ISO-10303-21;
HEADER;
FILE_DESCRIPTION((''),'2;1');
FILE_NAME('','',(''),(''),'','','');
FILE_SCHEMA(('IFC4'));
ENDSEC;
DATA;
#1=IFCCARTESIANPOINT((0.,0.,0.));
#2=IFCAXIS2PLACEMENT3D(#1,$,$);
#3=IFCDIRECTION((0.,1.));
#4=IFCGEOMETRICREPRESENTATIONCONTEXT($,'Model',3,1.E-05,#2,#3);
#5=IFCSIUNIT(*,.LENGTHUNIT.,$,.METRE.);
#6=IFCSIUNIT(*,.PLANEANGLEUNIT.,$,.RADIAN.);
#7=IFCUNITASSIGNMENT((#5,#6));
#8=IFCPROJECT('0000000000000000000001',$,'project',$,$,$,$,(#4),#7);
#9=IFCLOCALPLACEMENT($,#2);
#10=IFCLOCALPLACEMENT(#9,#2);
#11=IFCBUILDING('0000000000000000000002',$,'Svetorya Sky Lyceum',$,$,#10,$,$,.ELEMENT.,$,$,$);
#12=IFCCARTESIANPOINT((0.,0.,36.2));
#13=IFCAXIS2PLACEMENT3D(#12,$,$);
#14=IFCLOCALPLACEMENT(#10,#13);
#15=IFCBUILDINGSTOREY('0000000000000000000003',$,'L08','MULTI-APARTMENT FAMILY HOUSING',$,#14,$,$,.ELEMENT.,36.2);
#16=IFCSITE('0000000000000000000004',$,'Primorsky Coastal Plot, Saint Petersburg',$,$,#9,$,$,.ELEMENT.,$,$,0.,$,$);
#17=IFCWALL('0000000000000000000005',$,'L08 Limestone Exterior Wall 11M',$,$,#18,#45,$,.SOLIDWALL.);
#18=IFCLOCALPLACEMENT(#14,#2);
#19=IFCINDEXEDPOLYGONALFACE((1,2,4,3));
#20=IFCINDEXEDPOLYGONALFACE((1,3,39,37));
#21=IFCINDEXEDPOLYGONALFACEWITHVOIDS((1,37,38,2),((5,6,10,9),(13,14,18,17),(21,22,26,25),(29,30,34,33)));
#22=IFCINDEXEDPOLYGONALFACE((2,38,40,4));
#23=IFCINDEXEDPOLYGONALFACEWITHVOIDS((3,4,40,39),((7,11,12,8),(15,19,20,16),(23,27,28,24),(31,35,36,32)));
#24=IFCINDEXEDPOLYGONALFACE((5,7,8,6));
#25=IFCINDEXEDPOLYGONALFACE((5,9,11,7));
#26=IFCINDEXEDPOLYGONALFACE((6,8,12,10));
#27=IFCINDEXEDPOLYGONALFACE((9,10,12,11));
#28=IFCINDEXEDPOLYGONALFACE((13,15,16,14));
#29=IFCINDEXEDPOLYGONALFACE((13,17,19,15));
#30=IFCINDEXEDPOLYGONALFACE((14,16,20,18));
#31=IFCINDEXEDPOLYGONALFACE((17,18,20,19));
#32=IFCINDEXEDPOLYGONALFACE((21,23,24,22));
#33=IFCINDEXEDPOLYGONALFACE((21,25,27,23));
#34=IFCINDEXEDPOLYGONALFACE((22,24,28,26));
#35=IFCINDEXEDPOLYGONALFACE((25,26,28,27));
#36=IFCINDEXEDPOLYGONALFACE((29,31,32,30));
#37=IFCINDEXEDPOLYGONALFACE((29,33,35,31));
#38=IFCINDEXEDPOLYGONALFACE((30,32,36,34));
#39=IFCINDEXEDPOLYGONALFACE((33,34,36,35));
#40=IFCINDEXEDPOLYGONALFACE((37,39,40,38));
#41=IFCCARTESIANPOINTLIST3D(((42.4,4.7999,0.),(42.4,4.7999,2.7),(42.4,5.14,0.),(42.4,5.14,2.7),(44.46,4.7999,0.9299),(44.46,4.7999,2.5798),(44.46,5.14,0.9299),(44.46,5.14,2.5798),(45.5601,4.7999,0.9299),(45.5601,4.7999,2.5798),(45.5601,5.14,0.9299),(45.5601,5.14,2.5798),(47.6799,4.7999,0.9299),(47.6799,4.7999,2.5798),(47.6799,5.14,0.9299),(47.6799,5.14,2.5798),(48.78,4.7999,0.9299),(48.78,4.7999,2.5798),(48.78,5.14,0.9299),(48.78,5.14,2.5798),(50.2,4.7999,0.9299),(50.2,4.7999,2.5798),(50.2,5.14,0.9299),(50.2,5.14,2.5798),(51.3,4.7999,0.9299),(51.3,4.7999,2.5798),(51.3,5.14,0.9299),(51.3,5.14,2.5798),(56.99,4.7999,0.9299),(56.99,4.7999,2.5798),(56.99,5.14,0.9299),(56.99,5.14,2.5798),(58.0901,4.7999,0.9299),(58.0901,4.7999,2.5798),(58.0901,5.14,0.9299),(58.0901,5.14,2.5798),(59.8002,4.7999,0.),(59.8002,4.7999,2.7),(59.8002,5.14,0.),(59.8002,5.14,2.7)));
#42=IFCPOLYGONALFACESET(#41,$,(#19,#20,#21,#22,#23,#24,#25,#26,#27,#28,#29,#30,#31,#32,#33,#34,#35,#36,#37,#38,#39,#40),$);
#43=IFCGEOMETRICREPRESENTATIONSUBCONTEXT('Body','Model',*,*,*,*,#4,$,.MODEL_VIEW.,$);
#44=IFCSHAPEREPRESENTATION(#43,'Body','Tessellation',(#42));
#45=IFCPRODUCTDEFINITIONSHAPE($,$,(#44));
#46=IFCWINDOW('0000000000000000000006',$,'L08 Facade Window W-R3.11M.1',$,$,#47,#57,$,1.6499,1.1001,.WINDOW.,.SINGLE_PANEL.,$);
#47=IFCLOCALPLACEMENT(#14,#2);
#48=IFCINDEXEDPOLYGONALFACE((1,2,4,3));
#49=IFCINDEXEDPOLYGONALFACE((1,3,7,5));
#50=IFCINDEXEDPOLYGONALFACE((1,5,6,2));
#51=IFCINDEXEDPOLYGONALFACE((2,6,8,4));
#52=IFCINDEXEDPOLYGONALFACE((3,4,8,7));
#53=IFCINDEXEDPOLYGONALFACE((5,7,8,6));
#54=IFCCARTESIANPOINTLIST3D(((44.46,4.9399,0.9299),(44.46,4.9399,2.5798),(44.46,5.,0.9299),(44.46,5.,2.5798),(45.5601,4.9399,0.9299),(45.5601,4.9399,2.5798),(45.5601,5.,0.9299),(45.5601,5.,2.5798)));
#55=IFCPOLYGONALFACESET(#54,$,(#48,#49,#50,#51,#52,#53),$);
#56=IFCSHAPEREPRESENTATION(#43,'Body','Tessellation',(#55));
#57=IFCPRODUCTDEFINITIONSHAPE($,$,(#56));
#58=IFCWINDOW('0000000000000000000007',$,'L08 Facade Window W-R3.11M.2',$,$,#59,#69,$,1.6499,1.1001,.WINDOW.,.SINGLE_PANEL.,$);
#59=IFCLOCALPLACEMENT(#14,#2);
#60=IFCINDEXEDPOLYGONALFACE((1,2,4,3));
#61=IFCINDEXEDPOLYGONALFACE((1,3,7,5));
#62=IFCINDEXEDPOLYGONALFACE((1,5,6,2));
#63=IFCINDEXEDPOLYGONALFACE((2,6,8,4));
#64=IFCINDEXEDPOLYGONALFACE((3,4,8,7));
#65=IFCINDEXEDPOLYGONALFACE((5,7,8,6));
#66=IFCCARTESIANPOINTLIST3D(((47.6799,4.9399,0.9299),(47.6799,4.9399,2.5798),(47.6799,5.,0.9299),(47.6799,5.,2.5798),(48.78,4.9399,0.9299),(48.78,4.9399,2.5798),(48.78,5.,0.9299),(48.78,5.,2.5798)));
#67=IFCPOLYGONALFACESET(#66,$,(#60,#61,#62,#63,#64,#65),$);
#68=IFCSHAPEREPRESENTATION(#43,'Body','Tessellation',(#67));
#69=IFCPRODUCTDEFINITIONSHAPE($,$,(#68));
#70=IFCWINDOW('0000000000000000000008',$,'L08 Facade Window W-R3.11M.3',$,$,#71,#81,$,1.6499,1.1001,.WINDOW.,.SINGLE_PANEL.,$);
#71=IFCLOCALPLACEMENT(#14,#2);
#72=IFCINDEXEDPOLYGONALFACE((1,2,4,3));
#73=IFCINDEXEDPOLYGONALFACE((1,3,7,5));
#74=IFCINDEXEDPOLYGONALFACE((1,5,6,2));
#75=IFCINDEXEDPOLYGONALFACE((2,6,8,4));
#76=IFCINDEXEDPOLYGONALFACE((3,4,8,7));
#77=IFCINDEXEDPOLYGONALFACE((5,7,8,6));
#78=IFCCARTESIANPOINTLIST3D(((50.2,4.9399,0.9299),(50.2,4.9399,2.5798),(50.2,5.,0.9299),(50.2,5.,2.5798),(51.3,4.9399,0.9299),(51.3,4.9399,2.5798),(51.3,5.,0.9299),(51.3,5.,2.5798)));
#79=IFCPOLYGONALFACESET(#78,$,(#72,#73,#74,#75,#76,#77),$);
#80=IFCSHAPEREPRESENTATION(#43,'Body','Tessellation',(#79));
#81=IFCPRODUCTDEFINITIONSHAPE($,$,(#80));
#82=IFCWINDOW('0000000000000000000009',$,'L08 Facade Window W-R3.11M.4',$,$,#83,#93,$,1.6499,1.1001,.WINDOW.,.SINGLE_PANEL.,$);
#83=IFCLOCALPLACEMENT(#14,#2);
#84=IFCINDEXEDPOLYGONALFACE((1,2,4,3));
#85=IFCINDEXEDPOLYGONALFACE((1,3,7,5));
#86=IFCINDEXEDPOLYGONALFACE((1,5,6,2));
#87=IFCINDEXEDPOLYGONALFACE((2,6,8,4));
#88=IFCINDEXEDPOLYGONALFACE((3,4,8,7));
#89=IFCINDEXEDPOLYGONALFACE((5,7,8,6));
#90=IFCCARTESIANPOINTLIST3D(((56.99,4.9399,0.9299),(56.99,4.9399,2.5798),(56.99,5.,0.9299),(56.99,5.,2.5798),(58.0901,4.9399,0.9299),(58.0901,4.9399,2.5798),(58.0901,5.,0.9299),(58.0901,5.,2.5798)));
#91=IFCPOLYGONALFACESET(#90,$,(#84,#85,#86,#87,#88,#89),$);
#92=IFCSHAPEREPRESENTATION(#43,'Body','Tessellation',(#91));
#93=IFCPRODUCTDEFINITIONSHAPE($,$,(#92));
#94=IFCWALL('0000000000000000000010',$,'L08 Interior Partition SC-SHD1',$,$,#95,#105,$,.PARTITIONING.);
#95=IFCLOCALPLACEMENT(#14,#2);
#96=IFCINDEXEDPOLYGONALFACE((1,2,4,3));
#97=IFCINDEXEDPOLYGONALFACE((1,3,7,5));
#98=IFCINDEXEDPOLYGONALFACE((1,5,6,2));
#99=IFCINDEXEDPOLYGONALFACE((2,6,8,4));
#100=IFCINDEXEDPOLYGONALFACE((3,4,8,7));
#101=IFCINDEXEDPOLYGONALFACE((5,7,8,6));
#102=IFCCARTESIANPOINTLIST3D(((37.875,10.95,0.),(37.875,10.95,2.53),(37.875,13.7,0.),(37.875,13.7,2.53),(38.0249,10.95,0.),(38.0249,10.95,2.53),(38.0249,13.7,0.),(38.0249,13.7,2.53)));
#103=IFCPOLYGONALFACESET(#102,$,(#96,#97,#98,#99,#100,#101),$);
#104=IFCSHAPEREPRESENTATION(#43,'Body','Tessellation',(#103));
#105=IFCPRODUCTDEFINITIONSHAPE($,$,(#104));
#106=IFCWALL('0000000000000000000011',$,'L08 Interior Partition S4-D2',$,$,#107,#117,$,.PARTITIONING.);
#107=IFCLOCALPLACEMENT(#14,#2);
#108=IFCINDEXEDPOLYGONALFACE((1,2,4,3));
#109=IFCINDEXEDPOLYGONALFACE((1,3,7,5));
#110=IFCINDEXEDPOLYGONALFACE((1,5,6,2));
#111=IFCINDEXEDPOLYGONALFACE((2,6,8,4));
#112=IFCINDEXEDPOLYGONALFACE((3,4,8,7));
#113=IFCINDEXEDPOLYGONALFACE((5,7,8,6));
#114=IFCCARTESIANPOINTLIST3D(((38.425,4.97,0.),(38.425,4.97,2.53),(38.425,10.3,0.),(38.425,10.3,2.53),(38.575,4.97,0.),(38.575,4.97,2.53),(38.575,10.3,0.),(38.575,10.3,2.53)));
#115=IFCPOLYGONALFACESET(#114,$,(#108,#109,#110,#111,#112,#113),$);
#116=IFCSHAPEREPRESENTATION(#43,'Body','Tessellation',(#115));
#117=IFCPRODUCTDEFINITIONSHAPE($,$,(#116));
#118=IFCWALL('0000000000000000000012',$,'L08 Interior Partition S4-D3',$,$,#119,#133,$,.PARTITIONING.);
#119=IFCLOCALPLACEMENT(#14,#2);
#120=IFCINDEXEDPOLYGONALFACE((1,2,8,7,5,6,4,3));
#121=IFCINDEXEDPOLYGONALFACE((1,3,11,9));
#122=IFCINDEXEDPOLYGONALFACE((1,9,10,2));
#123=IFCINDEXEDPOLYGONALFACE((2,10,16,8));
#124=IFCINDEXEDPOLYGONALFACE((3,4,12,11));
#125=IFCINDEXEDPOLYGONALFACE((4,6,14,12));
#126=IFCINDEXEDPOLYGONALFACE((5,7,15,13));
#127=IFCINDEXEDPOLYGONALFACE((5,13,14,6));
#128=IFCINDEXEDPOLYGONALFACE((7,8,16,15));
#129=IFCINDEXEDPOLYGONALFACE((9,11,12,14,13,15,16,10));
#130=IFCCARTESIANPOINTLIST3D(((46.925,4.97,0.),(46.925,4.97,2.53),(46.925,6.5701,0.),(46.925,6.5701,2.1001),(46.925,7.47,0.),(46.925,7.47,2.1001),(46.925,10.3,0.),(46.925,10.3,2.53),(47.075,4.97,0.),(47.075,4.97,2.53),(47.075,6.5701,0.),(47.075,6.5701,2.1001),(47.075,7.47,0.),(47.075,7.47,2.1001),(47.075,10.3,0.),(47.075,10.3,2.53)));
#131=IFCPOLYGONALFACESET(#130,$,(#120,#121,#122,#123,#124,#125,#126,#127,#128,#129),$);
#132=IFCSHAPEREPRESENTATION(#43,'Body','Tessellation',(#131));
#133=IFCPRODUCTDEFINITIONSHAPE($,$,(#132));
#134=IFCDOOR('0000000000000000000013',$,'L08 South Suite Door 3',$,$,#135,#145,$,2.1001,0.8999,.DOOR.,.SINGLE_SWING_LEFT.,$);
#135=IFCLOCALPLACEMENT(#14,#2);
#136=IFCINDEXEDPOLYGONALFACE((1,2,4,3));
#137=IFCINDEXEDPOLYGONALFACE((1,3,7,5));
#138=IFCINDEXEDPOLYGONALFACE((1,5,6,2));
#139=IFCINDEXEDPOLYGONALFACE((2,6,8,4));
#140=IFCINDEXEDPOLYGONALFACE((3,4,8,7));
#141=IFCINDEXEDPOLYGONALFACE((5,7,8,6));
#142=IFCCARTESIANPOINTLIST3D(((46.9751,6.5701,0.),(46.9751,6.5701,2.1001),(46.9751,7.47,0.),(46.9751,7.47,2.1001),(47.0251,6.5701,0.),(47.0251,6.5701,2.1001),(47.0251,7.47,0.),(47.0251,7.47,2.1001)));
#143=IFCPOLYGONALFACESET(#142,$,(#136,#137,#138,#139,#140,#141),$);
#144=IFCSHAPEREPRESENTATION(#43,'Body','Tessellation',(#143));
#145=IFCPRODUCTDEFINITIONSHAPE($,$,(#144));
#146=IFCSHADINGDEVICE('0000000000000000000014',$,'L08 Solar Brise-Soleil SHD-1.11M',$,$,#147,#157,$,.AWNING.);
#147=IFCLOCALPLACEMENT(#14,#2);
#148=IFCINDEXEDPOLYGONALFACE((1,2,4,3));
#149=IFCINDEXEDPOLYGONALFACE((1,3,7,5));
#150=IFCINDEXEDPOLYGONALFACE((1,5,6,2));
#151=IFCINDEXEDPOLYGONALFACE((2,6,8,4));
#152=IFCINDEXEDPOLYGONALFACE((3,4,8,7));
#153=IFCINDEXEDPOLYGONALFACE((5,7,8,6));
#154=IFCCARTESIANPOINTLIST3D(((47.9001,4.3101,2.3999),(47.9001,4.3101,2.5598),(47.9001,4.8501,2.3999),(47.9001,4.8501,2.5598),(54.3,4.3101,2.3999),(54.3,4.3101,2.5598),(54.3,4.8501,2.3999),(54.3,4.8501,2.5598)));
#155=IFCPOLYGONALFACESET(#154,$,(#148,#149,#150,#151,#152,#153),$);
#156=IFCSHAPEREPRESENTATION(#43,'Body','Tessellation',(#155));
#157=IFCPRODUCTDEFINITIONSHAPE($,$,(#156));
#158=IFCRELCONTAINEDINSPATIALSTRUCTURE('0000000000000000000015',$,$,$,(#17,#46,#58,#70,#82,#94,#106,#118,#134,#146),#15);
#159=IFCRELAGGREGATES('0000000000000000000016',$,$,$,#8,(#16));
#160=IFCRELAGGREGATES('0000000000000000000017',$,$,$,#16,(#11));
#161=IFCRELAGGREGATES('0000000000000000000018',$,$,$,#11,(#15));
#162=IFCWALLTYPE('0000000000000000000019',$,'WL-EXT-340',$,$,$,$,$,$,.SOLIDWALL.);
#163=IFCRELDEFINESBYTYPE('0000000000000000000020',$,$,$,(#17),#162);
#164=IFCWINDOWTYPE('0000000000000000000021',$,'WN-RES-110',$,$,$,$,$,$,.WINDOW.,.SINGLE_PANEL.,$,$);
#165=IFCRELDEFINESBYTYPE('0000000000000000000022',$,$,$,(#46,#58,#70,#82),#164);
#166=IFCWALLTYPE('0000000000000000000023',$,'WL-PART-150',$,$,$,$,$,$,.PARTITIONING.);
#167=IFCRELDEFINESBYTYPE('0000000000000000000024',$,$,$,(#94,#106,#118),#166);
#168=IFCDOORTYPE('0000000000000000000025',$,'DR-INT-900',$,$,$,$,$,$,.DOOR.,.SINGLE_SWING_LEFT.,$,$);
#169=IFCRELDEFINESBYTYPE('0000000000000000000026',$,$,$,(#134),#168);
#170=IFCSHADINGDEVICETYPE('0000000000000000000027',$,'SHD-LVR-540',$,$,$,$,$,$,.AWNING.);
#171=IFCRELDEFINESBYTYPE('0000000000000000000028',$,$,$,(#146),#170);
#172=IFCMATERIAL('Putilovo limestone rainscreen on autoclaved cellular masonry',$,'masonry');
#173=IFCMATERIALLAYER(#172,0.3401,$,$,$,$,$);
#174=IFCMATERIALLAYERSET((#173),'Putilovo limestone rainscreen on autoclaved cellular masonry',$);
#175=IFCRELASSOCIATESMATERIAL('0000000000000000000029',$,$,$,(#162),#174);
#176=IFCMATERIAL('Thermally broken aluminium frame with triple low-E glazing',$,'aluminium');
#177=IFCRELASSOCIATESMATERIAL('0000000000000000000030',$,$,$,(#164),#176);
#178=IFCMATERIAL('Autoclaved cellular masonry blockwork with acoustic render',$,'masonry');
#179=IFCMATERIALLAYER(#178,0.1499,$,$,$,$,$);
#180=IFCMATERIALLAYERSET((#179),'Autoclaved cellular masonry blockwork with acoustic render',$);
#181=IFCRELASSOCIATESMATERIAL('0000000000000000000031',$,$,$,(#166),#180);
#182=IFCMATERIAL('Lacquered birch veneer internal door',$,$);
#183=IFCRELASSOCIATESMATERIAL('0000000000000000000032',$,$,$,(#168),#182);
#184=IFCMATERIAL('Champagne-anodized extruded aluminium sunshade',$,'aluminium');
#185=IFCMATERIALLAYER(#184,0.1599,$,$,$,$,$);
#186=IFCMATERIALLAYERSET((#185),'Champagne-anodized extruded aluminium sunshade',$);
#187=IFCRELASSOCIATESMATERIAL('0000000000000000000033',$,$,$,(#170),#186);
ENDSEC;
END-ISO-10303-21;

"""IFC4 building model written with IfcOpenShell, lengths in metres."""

from ifc_helpers import new_model, si_unit, direction, frame, frame_2d, origin, origin_2d, place, context, subcontext, project, spatial, rectangle, extrude, material, layer, layer_set, type_object, element, fill, save


model = new_model("IFC4")

# Units and contexts
model_context = context("Model", 3, precision=1e-05, world=origin(), true_north=direction((0.0, 1.0)))
body_context = subcontext(model_context, "Body", "Model", "MODEL_VIEW")
ifc_project = project(units=[si_unit("LENGTHUNIT", "METRE"), si_unit("PLANEANGLEUNIT", "RADIAN")], contexts=[model_context])

# Site, building, storey
site_placement = place(None, origin())
site = spatial("IfcSite", under=ifc_project, at=site_placement, Name="Primorsky Coastal Plot, Saint Petersburg", CompositionType="ELEMENT", RefElevation=0.0)
building_placement = place(site_placement, origin())
building = spatial("IfcBuilding", under=site, at=building_placement, Name="Svetorya Sky Lyceum", CompositionType="ELEMENT")
storey_placement = place(building_placement, frame((0.0, 0.0, 36.2)))
storey = spatial("IfcBuildingStorey", under=building, at=storey_placement, Name="L08", Description="MULTI-APARTMENT FAMILY HOUSING", CompositionType="ELEMENT", Elevation=36.2)

# Shared definitions
ifc_material_1 = material(Name="Putilovo limestone rainscreen on autoclaved cellular masonry", Category="masonry")
ifc_layer_1 = layer(ifc_material_1, 0.3401)
ifc_layer_set_1 = layer_set([ifc_layer_1], Name="Putilovo limestone rainscreen on autoclaved cellular masonry")
wall_type_1 = type_object("IfcWallType", Name="WL-EXT-340", PredefinedType="SOLIDWALL", material=ifc_layer_set_1)

# Wall, openings, windows
wall_1_placement = place(storey_placement, frame((42.3999, 4.97, 0.0), z_axis=(0.0, 0.0, 1.0), x_axis=(1.0, 0.0, 0.0)))
wall_1 = element("IfcWall", 1, at=wall_1_placement, inside=storey, type_object=wall_type_1, Name="L08 Limestone Exterior Wall 11M", PredefinedType="SOLIDWALL", context=body_context, shape_type="SweptSolid", body=[
    extrude(rectangle(XDim=17.4001, YDim=0.3401, at=frame_2d((8.7002, 0.0))), origin(), (0.0, 0.0, 1.0), 2.7),
])
opening_1_placement = place(wall_1_placement, frame((2.0601, 0.0, 0.9299)))
opening_1 = element("IfcOpeningElement", 2, at=opening_1_placement, cuts=wall_1, PredefinedType="OPENING", context=body_context, shape_type="SweptSolid", body=[
    extrude(rectangle(XDim=1.1001, YDim=1.6499, at=frame_2d((0.55, 0.825))), frame((0.0, 0.1799, 0.0), z_axis=(0.0, -1.0, 0.0), x_axis=(1.0, 0.0, 0.0)), (0.0, 0.0, 1.0), 0.3601),
])
opening_2_placement = place(wall_1_placement, frame((5.28, 0.0, 0.9299)))
opening_2 = element("IfcOpeningElement", 3, at=opening_2_placement, cuts=wall_1, PredefinedType="OPENING", context=body_context, shape_type="SweptSolid", body=[
    extrude(rectangle(XDim=1.1001, YDim=1.6499, at=frame_2d((0.55, 0.825))), frame((0.0, 0.1799, 0.0), z_axis=(0.0, -1.0, 0.0), x_axis=(1.0, 0.0, 0.0)), (0.0, 0.0, 1.0), 0.3601),
])
opening_3_placement = place(wall_1_placement, frame((7.8, 0.0, 0.9299)))
opening_3 = element("IfcOpeningElement", 4, at=opening_3_placement, cuts=wall_1, PredefinedType="OPENING", context=body_context, shape_type="SweptSolid", body=[
    extrude(rectangle(XDim=1.1001, YDim=1.6499, at=frame_2d((0.55, 0.825))), frame((0.0, 0.1799, 0.0), z_axis=(0.0, -1.0, 0.0), x_axis=(1.0, 0.0, 0.0)), (0.0, 0.0, 1.0), 0.3601),
])
opening_4_placement = place(wall_1_placement, frame((14.5901, 0.0, 0.9299)))
opening_4 = element("IfcOpeningElement", 5, at=opening_4_placement, cuts=wall_1, PredefinedType="OPENING", context=body_context, shape_type="SweptSolid", body=[
    extrude(rectangle(XDim=1.1001, YDim=1.6499, at=frame_2d((0.55, 0.825))), frame((0.0, 0.1799, 0.0), z_axis=(0.0, -1.0, 0.0), x_axis=(1.0, 0.0, 0.0)), (0.0, 0.0, 1.0), 0.3601),
])
ifc_material_2 = material(Name="Thermally broken aluminium frame with triple low-E glazing", Category="aluminium")
window_type = type_object("IfcWindowType", Name="WN-RES-110", PartitioningType="SINGLE_PANEL", PredefinedType="WINDOW", material=ifc_material_2)
window_1_placement = place(opening_1_placement, origin())
window_1 = element("IfcWindow", 6, at=window_1_placement, inside=storey, type_object=window_type, Name="L08 Facade Window W-R3.11M.1", OverallHeight=1.6499, OverallWidth=1.1001, PartitioningType="SINGLE_PANEL", PredefinedType="WINDOW", context=body_context, shape_type="SweptSolid", body=[
    extrude(rectangle(XDim=1.1001, YDim=1.6499, at=frame_2d((0.55, 0.825))), frame((0.0, 0.03, 0.0), z_axis=(0.0, -1.0, 0.0), x_axis=(1.0, 0.0, 0.0)), (0.0, 0.0, 1.0), 0.0601),
])
fill(opening_1, window_1)
window_2_placement = place(opening_2_placement, origin())
window_2 = element("IfcWindow", 7, at=window_2_placement, inside=storey, type_object=window_type, Name="L08 Facade Window W-R3.11M.2", OverallHeight=1.6499, OverallWidth=1.1001, PartitioningType="SINGLE_PANEL", PredefinedType="WINDOW", context=body_context, shape_type="SweptSolid", body=[
    extrude(rectangle(XDim=1.1001, YDim=1.6499, at=frame_2d((0.55, 0.825))), frame((0.0, 0.03, 0.0), z_axis=(0.0, -1.0, 0.0), x_axis=(1.0, 0.0, 0.0)), (0.0, 0.0, 1.0), 0.0601),
])
fill(opening_2, window_2)
window_3_placement = place(opening_3_placement, origin())
window_3 = element("IfcWindow", 8, at=window_3_placement, inside=storey, type_object=window_type, Name="L08 Facade Window W-R3.11M.3", OverallHeight=1.6499, OverallWidth=1.1001, PartitioningType="SINGLE_PANEL", PredefinedType="WINDOW", context=body_context, shape_type="SweptSolid", body=[
    extrude(rectangle(XDim=1.1001, YDim=1.6499, at=frame_2d((0.55, 0.825))), frame((0.0, 0.03, 0.0), z_axis=(0.0, -1.0, 0.0), x_axis=(1.0, 0.0, 0.0)), (0.0, 0.0, 1.0), 0.0601),
])
fill(opening_3, window_3)
window_4_placement = place(opening_4_placement, origin())
window_4 = element("IfcWindow", 9, at=window_4_placement, inside=storey, type_object=window_type, Name="L08 Facade Window W-R3.11M.4", OverallHeight=1.6499, OverallWidth=1.1001, PartitioningType="SINGLE_PANEL", PredefinedType="WINDOW", context=body_context, shape_type="SweptSolid", body=[
    extrude(rectangle(XDim=1.1001, YDim=1.6499, at=frame_2d((0.55, 0.825))), frame((0.0, 0.03, 0.0), z_axis=(0.0, -1.0, 0.0), x_axis=(1.0, 0.0, 0.0)), (0.0, 0.0, 1.0), 0.0601),
])
fill(opening_4, window_4)

# Walls
ifc_material_3 = material(Name="Autoclaved cellular masonry blockwork with acoustic render", Category="masonry")
ifc_layer_2 = layer(ifc_material_3, 0.1499)
ifc_layer_set_2 = layer_set([ifc_layer_2], Name="Autoclaved cellular masonry blockwork with acoustic render")
wall_type_2 = type_object("IfcWallType", Name="WL-PART-150", PredefinedType="PARTITIONING", material=ifc_layer_set_2)
wall_2_placement = place(storey_placement, frame((37.95, 10.95, 0.0), z_axis=(0.0, 0.0, 1.0), x_axis=(0.0, 1.0, 0.0)))
element("IfcWall", 10, at=wall_2_placement, inside=storey, type_object=wall_type_2, Name="L08 Interior Partition SC-SHD1", PredefinedType="PARTITIONING", context=body_context, shape_type="SweptSolid", body=[
    extrude(rectangle(XDim=2.75, YDim=0.1499, at=frame_2d((1.375, 0.0))), origin(), (0.0, 0.0, 1.0), 2.53),
])
wall_3_placement = place(storey_placement, frame((38.5, 4.97, 0.0), z_axis=(0.0, 0.0, 1.0), x_axis=(0.0, 1.0, 0.0)))
element("IfcWall", 11, at=wall_3_placement, inside=storey, type_object=wall_type_2, Name="L08 Interior Partition S4-D2", PredefinedType="PARTITIONING", context=body_context, shape_type="SweptSolid", body=[
    extrude(rectangle(XDim=5.3301, YDim=0.1499, at=frame_2d((2.665, 0.0))), origin(), (0.0, 0.0, 1.0), 2.53),
])

# Wall, opening, door
wall_4_placement = place(storey_placement, frame((47.0, 4.97, 0.0), z_axis=(0.0, 0.0, 1.0), x_axis=(0.0, 1.0, 0.0)))
wall_4 = element("IfcWall", 12, at=wall_4_placement, inside=storey, type_object=wall_type_2, Name="L08 Interior Partition S4-D3", PredefinedType="PARTITIONING", context=body_context, shape_type="SweptSolid", body=[
    extrude(rectangle(XDim=5.3301, YDim=0.1499, at=frame_2d((2.665, 0.0))), origin(), (0.0, 0.0, 1.0), 2.53),
])
opening_5_placement = place(wall_4_placement, frame((1.6001, 0.0, 0.0)))
opening_5 = element("IfcOpeningElement", 13, at=opening_5_placement, cuts=wall_4, PredefinedType="OPENING", context=body_context, shape_type="SweptSolid", body=[
    extrude(rectangle(XDim=0.8999, YDim=2.1001, at=frame_2d((0.45, 1.05))), frame((0.0, 0.085, 0.0), z_axis=(0.0, -1.0, 0.0), x_axis=(1.0, 0.0, 0.0)), (0.0, 0.0, 1.0), 0.1699),
])
ifc_material_4 = material(Name="Lacquered birch veneer internal door")
door_type = type_object("IfcDoorType", Name="DR-INT-900", OperationType="SINGLE_SWING_LEFT", PredefinedType="DOOR", material=ifc_material_4)
door_placement = place(opening_5_placement, origin())
door = element("IfcDoor", 14, at=door_placement, inside=storey, type_object=door_type, Name="L08 South Suite Door 3", OperationType="SINGLE_SWING_LEFT", OverallHeight=2.1001, OverallWidth=0.8999, PredefinedType="DOOR", context=body_context, shape_type="SweptSolid", body=[
    extrude(rectangle(XDim=0.8999, YDim=2.1001, at=frame_2d((0.45, 1.05))), frame((0.0, 0.0249, 0.0), z_axis=(0.0, -1.0, 0.0), x_axis=(1.0, 0.0, 0.0)), (0.0, 0.0, 1.0), 0.05),
])
fill(opening_5, door)

# Shading device
ifc_material_5 = material(Name="Champagne-anodized extruded aluminium sunshade", Category="aluminium")
ifc_layer_3 = layer(ifc_material_5, 0.1599)
ifc_layer_set_3 = layer_set([ifc_layer_3], Name="Champagne-anodized extruded aluminium sunshade")
shading_device_type = type_object("IfcShadingDeviceType", Name="SHD-LVR-540", PredefinedType="AWNING", material=ifc_layer_set_3)
shading_device_placement = place(storey_placement, frame((51.1001, 4.5801, 2.3999), z_axis=(0.0, 0.0, 1.0), x_axis=(1.0, 0.0, 0.0)))
element("IfcShadingDevice", 15, at=shading_device_placement, inside=storey, type_object=shading_device_type, Name="L08 Solar Brise-Soleil SHD-1.11M", PredefinedType="AWNING", context=body_context, shape_type="SweptSolid", body=[
    extrude(rectangle(XDim=6.3999, YDim=0.54, at=origin_2d()), origin(), (0.0, 0.0, 1.0), 0.1599),
])

save(model, "model.ifc")
